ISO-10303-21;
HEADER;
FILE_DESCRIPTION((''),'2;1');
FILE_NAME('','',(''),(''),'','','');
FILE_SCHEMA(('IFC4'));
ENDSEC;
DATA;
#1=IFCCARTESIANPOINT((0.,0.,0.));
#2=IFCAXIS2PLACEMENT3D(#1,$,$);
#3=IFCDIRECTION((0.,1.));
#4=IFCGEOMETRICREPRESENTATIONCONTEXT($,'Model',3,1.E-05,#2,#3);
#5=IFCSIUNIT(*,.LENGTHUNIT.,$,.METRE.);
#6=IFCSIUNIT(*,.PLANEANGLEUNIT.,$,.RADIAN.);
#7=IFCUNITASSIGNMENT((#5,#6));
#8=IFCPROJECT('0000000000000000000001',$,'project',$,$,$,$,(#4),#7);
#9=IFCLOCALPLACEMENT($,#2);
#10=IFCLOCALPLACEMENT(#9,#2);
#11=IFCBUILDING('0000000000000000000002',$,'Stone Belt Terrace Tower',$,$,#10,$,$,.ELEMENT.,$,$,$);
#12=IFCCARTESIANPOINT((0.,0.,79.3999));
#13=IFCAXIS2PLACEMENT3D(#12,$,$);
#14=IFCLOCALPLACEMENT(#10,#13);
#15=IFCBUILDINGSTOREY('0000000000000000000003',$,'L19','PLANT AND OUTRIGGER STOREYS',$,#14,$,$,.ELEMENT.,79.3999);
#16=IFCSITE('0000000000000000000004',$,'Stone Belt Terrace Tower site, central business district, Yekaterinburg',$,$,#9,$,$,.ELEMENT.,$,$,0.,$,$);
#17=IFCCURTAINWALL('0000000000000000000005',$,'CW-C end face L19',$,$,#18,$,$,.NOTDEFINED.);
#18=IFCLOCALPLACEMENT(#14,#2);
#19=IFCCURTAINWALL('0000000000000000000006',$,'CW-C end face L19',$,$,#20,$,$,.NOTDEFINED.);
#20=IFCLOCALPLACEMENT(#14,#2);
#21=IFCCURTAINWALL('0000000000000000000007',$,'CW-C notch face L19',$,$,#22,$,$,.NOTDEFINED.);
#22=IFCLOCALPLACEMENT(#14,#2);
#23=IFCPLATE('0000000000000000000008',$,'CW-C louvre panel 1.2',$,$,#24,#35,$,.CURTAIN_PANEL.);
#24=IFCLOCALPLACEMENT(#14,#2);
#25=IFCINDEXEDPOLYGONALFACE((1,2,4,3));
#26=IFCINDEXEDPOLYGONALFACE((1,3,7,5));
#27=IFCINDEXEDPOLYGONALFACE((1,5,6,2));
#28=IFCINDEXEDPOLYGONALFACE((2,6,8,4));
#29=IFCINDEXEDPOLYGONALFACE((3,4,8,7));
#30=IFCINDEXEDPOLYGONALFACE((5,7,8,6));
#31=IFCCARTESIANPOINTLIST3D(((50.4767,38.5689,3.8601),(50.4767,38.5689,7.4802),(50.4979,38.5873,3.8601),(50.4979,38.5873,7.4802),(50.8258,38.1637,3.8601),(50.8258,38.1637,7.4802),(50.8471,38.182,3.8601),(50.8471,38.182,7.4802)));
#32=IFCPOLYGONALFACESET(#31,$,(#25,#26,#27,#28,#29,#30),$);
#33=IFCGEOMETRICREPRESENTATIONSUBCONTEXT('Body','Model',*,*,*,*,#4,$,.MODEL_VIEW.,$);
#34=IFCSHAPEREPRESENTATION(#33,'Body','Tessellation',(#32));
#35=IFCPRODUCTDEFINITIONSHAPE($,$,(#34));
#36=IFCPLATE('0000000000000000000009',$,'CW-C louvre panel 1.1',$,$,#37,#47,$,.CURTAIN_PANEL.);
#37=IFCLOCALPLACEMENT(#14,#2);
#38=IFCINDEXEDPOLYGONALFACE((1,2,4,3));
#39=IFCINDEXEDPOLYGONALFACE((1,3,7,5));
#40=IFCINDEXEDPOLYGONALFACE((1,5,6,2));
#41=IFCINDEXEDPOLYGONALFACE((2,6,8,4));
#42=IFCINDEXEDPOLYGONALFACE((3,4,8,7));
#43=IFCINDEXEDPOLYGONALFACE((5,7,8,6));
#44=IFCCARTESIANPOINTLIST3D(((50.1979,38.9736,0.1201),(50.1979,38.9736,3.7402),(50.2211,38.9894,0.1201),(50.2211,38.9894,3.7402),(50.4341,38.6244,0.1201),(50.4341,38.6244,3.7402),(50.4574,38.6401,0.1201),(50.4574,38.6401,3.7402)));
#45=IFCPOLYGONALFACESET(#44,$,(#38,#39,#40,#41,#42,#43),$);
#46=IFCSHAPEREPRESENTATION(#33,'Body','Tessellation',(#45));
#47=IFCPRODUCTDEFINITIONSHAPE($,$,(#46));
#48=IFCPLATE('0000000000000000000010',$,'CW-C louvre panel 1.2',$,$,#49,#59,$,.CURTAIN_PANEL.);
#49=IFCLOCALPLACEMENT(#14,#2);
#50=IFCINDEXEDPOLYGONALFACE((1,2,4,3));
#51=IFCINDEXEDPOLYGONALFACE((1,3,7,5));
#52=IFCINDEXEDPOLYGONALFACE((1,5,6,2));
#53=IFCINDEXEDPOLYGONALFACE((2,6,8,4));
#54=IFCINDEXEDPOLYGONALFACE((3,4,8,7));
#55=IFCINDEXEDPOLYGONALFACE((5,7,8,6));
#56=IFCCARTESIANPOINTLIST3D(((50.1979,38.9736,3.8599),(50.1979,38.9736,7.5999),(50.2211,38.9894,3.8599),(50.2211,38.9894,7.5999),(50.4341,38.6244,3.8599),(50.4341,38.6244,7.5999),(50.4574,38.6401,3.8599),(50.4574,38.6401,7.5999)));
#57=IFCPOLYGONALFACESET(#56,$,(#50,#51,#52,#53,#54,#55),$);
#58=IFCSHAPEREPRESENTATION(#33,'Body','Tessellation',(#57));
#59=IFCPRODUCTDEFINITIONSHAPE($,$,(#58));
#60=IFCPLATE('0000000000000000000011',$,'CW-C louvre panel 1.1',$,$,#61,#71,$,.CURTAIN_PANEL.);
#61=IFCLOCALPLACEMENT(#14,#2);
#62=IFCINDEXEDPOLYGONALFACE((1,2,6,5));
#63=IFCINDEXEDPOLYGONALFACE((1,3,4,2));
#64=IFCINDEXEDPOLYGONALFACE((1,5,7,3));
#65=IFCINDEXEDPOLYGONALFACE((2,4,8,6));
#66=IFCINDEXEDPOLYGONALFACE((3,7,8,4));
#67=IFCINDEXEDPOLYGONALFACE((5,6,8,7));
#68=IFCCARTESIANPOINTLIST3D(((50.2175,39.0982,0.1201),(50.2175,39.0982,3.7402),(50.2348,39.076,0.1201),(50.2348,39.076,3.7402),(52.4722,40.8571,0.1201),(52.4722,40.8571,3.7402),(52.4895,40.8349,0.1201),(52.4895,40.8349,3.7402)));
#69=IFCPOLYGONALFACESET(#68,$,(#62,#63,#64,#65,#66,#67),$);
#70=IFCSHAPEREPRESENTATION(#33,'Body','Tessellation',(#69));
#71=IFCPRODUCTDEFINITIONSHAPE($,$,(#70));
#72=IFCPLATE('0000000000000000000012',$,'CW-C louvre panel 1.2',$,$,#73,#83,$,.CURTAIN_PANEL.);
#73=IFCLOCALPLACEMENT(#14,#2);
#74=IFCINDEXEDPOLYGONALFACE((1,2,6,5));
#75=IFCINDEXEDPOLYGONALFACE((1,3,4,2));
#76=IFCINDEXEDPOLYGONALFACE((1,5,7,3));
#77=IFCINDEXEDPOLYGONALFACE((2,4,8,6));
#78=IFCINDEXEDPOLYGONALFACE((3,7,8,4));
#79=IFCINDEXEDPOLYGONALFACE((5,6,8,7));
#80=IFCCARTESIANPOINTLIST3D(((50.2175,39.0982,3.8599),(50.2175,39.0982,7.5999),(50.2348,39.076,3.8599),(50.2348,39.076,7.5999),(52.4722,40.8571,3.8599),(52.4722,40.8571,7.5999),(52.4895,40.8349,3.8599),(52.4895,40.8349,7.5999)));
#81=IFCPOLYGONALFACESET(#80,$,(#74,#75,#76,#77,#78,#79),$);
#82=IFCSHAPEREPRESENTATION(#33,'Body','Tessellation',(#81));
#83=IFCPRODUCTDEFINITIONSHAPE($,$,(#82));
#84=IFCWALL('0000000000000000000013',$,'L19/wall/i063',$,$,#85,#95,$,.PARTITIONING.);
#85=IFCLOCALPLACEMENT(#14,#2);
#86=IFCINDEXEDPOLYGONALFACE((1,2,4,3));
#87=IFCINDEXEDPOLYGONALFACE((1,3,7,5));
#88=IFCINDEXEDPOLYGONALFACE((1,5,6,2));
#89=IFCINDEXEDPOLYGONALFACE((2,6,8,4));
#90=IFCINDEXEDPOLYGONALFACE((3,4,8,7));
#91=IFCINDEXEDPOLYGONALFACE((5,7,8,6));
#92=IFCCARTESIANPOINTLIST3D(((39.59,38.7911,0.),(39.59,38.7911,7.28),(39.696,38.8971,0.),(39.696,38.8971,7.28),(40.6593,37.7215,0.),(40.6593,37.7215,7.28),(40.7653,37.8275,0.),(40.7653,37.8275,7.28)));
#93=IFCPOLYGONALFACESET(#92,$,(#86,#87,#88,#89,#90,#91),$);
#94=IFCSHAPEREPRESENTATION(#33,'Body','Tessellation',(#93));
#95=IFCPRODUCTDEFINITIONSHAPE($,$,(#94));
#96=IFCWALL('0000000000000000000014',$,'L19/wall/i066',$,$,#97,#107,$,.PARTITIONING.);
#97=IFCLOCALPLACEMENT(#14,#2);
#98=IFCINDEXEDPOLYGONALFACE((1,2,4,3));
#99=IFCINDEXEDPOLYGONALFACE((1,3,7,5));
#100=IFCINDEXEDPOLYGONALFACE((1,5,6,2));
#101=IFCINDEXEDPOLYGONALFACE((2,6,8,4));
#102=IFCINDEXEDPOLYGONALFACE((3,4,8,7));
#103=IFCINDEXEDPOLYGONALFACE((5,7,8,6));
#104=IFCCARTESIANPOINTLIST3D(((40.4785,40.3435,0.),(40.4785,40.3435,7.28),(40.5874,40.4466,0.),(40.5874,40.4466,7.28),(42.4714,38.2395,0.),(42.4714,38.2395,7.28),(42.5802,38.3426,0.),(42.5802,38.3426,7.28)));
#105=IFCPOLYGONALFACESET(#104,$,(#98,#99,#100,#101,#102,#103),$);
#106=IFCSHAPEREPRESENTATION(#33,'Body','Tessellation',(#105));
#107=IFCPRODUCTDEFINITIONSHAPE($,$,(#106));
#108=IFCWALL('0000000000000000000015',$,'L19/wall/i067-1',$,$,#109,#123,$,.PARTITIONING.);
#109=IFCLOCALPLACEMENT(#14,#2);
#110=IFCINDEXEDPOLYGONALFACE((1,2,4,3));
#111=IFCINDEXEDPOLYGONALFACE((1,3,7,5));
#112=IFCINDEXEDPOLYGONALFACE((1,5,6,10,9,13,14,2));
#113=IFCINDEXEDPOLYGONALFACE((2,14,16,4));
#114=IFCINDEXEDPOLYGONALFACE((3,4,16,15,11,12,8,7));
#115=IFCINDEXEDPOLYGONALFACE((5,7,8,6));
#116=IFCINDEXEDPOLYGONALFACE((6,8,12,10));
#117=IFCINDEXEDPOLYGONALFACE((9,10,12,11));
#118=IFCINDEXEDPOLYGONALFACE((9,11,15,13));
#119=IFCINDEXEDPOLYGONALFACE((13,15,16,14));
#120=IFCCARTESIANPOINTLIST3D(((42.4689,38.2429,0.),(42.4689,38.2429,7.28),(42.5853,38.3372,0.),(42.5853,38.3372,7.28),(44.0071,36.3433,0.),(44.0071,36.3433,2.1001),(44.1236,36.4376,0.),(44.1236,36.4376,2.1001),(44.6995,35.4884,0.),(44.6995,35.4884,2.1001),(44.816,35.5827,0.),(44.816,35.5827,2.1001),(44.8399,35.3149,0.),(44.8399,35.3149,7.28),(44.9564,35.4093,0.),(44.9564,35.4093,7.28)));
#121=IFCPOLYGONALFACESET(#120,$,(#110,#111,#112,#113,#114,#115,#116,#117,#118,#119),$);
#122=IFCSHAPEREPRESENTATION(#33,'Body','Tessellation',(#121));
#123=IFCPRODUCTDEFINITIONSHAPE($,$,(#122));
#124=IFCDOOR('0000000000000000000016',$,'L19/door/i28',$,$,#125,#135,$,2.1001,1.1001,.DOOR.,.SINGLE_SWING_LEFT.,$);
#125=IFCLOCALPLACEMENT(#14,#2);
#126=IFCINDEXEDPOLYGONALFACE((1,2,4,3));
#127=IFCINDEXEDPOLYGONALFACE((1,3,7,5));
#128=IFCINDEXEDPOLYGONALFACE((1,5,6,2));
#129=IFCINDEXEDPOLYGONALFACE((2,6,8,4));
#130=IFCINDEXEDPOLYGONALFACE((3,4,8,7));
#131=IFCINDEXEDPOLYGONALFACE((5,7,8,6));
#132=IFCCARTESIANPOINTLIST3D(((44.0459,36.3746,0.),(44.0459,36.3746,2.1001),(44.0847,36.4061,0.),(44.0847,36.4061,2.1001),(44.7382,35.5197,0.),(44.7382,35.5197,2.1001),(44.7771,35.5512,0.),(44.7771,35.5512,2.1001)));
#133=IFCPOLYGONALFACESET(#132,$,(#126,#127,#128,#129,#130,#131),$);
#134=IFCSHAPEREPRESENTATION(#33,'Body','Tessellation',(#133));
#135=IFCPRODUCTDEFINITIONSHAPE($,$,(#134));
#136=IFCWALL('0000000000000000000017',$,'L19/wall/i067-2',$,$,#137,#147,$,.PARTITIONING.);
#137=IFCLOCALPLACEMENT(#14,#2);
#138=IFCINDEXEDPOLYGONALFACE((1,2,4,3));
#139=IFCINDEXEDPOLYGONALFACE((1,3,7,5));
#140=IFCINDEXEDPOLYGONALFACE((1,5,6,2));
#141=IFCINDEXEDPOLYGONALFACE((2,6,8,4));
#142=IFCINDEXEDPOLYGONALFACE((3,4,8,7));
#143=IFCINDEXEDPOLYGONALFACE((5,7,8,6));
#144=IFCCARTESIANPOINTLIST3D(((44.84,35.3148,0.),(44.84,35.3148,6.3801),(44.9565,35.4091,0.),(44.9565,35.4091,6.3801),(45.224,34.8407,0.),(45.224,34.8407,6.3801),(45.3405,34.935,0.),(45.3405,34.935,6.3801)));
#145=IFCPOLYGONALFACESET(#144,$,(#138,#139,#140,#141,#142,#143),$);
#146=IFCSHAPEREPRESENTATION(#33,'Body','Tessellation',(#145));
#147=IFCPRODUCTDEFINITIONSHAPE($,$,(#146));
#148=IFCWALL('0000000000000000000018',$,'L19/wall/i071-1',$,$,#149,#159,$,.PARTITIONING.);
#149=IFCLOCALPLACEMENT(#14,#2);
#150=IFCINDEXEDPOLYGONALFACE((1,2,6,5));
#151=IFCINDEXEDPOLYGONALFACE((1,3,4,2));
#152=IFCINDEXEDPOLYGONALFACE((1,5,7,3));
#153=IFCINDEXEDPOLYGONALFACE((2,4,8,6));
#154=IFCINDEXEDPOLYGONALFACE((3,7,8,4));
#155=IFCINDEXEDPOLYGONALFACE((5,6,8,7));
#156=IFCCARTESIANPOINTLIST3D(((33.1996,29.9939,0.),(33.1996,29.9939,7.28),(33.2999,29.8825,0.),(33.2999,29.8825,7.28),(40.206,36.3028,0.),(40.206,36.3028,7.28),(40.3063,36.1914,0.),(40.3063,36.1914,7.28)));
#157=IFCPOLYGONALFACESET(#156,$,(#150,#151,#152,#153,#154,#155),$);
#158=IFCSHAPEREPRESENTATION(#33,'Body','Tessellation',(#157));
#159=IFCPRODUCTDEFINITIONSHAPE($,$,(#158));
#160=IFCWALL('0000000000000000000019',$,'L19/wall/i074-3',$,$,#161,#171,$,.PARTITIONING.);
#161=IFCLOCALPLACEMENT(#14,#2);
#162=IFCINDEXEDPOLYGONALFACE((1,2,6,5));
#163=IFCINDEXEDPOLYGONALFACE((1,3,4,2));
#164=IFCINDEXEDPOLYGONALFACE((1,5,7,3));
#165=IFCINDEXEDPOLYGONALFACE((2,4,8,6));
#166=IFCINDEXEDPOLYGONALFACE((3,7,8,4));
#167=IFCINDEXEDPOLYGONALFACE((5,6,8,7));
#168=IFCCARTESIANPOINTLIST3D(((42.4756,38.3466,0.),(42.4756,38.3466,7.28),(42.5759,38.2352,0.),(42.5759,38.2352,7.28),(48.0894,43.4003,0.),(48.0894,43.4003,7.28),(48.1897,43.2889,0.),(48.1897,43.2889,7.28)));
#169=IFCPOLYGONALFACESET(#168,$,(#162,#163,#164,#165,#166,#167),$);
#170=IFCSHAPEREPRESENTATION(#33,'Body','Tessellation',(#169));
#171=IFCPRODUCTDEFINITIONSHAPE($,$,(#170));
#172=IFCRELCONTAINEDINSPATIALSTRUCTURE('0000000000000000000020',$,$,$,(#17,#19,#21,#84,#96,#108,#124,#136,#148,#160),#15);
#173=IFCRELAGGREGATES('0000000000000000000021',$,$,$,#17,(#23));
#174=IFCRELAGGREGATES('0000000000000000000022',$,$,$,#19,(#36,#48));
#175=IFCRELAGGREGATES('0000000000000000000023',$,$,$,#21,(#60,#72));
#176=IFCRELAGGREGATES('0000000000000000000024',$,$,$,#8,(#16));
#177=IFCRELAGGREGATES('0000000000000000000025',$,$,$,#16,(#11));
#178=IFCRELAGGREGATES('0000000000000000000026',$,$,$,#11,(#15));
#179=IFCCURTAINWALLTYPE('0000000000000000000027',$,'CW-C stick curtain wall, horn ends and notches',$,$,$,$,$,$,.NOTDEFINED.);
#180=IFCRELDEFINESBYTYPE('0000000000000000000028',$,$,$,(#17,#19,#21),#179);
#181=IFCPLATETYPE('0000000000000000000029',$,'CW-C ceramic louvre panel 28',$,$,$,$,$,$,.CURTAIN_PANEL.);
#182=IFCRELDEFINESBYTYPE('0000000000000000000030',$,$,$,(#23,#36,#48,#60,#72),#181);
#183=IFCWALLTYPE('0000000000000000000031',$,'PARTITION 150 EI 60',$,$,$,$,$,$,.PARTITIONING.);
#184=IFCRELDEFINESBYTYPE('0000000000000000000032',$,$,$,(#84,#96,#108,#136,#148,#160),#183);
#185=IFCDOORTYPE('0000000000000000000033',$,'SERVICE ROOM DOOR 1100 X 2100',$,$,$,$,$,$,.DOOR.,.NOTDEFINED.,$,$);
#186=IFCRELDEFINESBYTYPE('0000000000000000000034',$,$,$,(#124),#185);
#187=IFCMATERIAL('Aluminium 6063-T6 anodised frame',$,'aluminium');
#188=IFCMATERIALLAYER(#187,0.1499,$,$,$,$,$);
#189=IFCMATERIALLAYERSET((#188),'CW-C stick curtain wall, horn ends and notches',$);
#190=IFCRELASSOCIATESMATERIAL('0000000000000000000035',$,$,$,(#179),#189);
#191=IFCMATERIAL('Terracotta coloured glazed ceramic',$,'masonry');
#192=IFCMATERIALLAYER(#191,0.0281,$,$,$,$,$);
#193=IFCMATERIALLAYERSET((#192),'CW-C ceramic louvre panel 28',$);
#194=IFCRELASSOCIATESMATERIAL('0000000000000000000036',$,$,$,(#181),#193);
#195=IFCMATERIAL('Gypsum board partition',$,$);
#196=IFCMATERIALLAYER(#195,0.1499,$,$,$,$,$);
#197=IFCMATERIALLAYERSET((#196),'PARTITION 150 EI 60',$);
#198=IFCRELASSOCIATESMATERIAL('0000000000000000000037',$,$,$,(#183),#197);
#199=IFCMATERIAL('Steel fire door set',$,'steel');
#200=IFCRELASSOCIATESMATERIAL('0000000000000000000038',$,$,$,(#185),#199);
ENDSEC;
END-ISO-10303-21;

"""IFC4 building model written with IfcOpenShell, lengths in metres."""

from ifc_helpers import new_model, si_unit, direction, frame, frame_2d, origin, origin_2d, place, context, subcontext, project, spatial, rectangle, extrude, material, layer, layer_set, type_object, element, fill, aggregate, save


model = new_model("IFC4")

# Units and contexts
model_context = context("Model", 3, precision=1e-05, world=origin(), true_north=direction((0.0, 1.0)))
body_context = subcontext(model_context, "Body", "Model", "MODEL_VIEW")
ifc_project = project(units=[si_unit("LENGTHUNIT", "METRE"), si_unit("PLANEANGLEUNIT", "RADIAN")], contexts=[model_context])

# Site, building, storey
site_placement = place(None, origin())
site = spatial("IfcSite", under=ifc_project, at=site_placement, Name="Stone Belt Terrace Tower site, central business district, Yekaterinburg", CompositionType="ELEMENT", RefElevation=0.0)
building_placement = place(site_placement, origin())
building = spatial("IfcBuilding", under=site, at=building_placement, Name="Stone Belt Terrace Tower", CompositionType="ELEMENT")
storey_placement = place(building_placement, frame((0.0, 0.0, 79.3999)))
storey = spatial("IfcBuildingStorey", under=building, at=storey_placement, Name="L19", Description="PLANT AND OUTRIGGER STOREYS", CompositionType="ELEMENT", Elevation=79.3999)

# Shared definitions
ifc_material_1 = material(Name="Aluminium 6063-T6 anodised frame", Category="aluminium")

# Curtain walls
ifc_layer_1 = layer(ifc_material_1, 0.1499)
ifc_layer_set_1 = layer_set([ifc_layer_1], Name="CW-C stick curtain wall, horn ends and notches")
curtain_wall_type_1 = type_object("IfcCurtainWallType", Name="CW-C stick curtain wall, horn ends and notches", PredefinedType="NOTDEFINED", material=ifc_layer_set_1)
curtain_wall_1_placement = place(storey_placement, origin())
curtain_wall_1 = element("IfcCurtainWall", 1, at=curtain_wall_1_placement, inside=storey, type_object=curtain_wall_type_1, Name="CW-C end face L19", PredefinedType="NOTDEFINED")
curtain_wall_2_placement = place(storey_placement, origin())
curtain_wall_2 = element("IfcCurtainWall", 2, at=curtain_wall_2_placement, inside=storey, type_object=curtain_wall_type_1, Name="CW-C end face L19", PredefinedType="NOTDEFINED")
curtain_wall_3_placement = place(storey_placement, origin())
curtain_wall_3 = element("IfcCurtainWall", 3, at=curtain_wall_3_placement, inside=storey, type_object=curtain_wall_type_1, Name="CW-C notch face L19", PredefinedType="NOTDEFINED")

# Plates
ifc_material_2 = material(Name="Terracotta coloured glazed ceramic", Category="masonry")
ifc_layer_2 = layer(ifc_material_2, 0.0281)
ifc_layer_set_2 = layer_set([ifc_layer_2], Name="CW-C ceramic louvre panel 28")
plate_type_1 = type_object("IfcPlateType", Name="CW-C ceramic louvre panel 28", PredefinedType="CURTAIN_PANEL", material=ifc_layer_set_2)
plate_1_placement = place(storey_placement, frame((50.6619, 38.3755, 3.8601), z_axis=(0.0, 0.0, 1.0), x_axis=(-0.652738, 0.757584, 0.0)))
plate_1 = element("IfcPlate", 4, at=plate_1_placement, type_object=plate_type_1, Name="CW-C louvre panel 1.2", PredefinedType="CURTAIN_PANEL", context=body_context, shape_type="SweptSolid", body=[
    extrude(rectangle(XDim=0.5349, YDim=0.0281, at=origin_2d()), origin(), (0.0, 0.0, 1.0), 3.6201),
])
aggregate(curtain_wall_1, [plate_1])
plate_2_placement = place(storey_placement, frame((50.3276, 38.8069, 0.1201), z_axis=(0.0, 0.0, 1.0), x_axis=(-0.560367, 0.828244, 0.0)))
plate_2 = element("IfcPlate", 5, at=plate_2_placement, type_object=plate_type_1, Name="CW-C louvre panel 1.1", PredefinedType="CURTAIN_PANEL", context=body_context, shape_type="SweptSolid", body=[
    extrude(rectangle(XDim=0.4216, YDim=0.0281, at=origin_2d()), origin(), (0.0, 0.0, 1.0), 3.6201),
])
plate_3_placement = place(storey_placement, frame((50.3276, 38.8069, 3.8599), z_axis=(0.0, 0.0, 1.0), x_axis=(-0.560367, 0.828244, 0.0)))
plate_3 = element("IfcPlate", 6, at=plate_3_placement, type_object=plate_type_1, Name="CW-C louvre panel 1.2", PredefinedType="CURTAIN_PANEL", context=body_context, shape_type="SweptSolid", body=[
    extrude(rectangle(XDim=0.4216, YDim=0.0281, at=origin_2d()), origin(), (0.0, 0.0, 1.0), 3.74),
])
aggregate(curtain_wall_2, [plate_2, plate_3])
plate_4_placement = place(storey_placement, frame((51.3535, 39.9666, 0.1201), z_axis=(0.0, 0.0, 1.0), x_axis=(0.788458, 0.615089, 0.0)))
plate_4 = element("IfcPlate", 7, at=plate_4_placement, type_object=plate_type_1, Name="CW-C louvre panel 1.1", PredefinedType="CURTAIN_PANEL", context=body_context, shape_type="SweptSolid", body=[
    extrude(rectangle(XDim=2.8596, YDim=0.0281, at=origin_2d()), origin(), (0.0, 0.0, 1.0), 3.6201),
])
plate_5_placement = place(storey_placement, frame((51.3535, 39.9666, 3.8599), z_axis=(0.0, 0.0, 1.0), x_axis=(0.788458, 0.615089, 0.0)))
plate_5 = element("IfcPlate", 8, at=plate_5_placement, type_object=plate_type_1, Name="CW-C louvre panel 1.2", PredefinedType="CURTAIN_PANEL", context=body_context, shape_type="SweptSolid", body=[
    extrude(rectangle(XDim=2.8596, YDim=0.0281, at=origin_2d()), origin(), (0.0, 0.0, 1.0), 3.74),
])
aggregate(curtain_wall_3, [plate_4, plate_5])

# Walls
ifc_material_3 = material(Name="Gypsum board partition")
ifc_layer_3 = layer(ifc_material_3, 0.1499)
ifc_layer_set_3 = layer_set([ifc_layer_3], Name="PARTITION 150 EI 60")
wall_type = type_object("IfcWallType", Name="PARTITION 150 EI 60", PredefinedType="PARTITIONING", material=ifc_layer_set_3)
wall_1_placement = place(storey_placement, frame((40.7124, 37.7744, 0.0), z_axis=(0.0, 0.0, 1.0), x_axis=(-0.707026, 0.707187, 0.0)))
element("IfcWall", 9, at=wall_1_placement, inside=storey, type_object=wall_type, Name="L19/wall/i063", PredefinedType="PARTITIONING", context=body_context, shape_type="SweptSolid", body=[
    extrude(rectangle(XDim=1.5125, YDim=0.1499, at=frame_2d((0.7563, 0.0))), origin(), (0.0, 0.0, 1.0), 7.28),
])
wall_2_placement = place(storey_placement, frame((40.533, 40.395, 0.0), z_axis=(0.0, 0.0, 1.0), x_axis=(0.687682, -0.726012, 0.0)))
element("IfcWall", 10, at=wall_2_placement, inside=storey, type_object=wall_type, Name="L19/wall/i066", PredefinedType="PARTITIONING", context=body_context, shape_type="SweptSolid", body=[
    extrude(rectangle(XDim=2.8979, YDim=0.1499, at=frame_2d((1.449, 0.0))), origin(), (0.0, 0.0, 1.0), 7.28),
])

# Wall, opening, door
wall_3_placement = place(storey_placement, frame((42.5271, 38.29, 0.0), z_axis=(0.0, 0.0, 1.0), x_axis=(0.629331, -0.777138, 0.0)))
wall_3 = element("IfcWall", 11, at=wall_3_placement, inside=storey, type_object=wall_type, Name="L19/wall/i067-1", PredefinedType="PARTITIONING", context=body_context, shape_type="SweptSolid", body=[
    extrude(rectangle(XDim=3.7676, YDim=0.1499, at=frame_2d((1.8838, 0.0))), origin(), (0.0, 0.0, 1.0), 7.28),
])
opening_placement = place(wall_3_placement, frame((2.4443, 0.0, 0.0)))
opening = element("IfcOpeningElement", 12, at=opening_placement, cuts=wall_3, PredefinedType="OPENING", context=body_context, shape_type="SweptSolid", body=[
    extrude(rectangle(XDim=1.1001, YDim=2.1001, at=frame_2d((0.55, 1.05))), frame((0.0, 0.085, 0.0), z_axis=(0.0, -1.0, 0.0), x_axis=(1.0, 0.0, 0.0)), (0.0, 0.0, 1.0), 0.1699),
])
ifc_material_4 = material(Name="Steel fire door set", Category="steel")
door_type = type_object("IfcDoorType", Name="SERVICE ROOM DOOR 1100 X 2100", OperationType="NOTDEFINED", PredefinedType="DOOR", material=ifc_material_4)
door_placement = place(opening_placement, origin())
door = element("IfcDoor", 13, at=door_placement, inside=storey, type_object=door_type, Name="L19/door/i28", OperationType="SINGLE_SWING_LEFT", OverallHeight=2.1001, OverallWidth=1.1001, PredefinedType="DOOR", context=body_context, shape_type="SweptSolid", body=[
    extrude(rectangle(XDim=1.1001, YDim=2.1001, at=frame_2d((0.55, 1.05))), frame((0.0, 0.0249, 0.0), z_axis=(0.0, -1.0, 0.0), x_axis=(1.0, 0.0, 0.0)), (0.0, 0.0, 1.0), 0.05),
])
fill(opening, door)

# Walls
wall_4_placement = place(storey_placement, frame((44.8982, 35.3621, 0.0), z_axis=(0.0, 0.0, 1.0), x_axis=(0.629417, -0.777068, 0.0)))
element("IfcWall", 14, at=wall_4_placement, inside=storey, type_object=wall_type, Name="L19/wall/i067-2", PredefinedType="PARTITIONING", context=body_context, shape_type="SweptSolid", body=[
    extrude(rectangle(XDim=0.6101, YDim=0.1499, at=frame_2d((0.3052, 0.0))), origin(), (0.0, 0.0, 1.0), 6.3801),
])
wall_5_placement = place(storey_placement, frame((40.2561, 36.2471, 0.0), z_axis=(0.0, 0.0, 1.0), x_axis=(-0.743129, -0.669148, 0.0)))
element("IfcWall", 15, at=wall_5_placement, inside=storey, type_object=wall_type, Name="L19/wall/i071-1", PredefinedType="PARTITIONING", context=body_context, shape_type="SweptSolid", body=[
    extrude(rectangle(XDim=9.4282, YDim=0.1499, at=frame_2d((4.7141, 0.0))), origin(), (0.0, 0.0, 1.0), 7.28),
])
wall_6_placement = place(storey_placement, frame((48.1396, 43.3447, 0.0), z_axis=(0.0, 0.0, 1.0), x_axis=(-0.743207, -0.669061, 0.0)))
element("IfcWall", 16, at=wall_6_placement, inside=storey, type_object=wall_type, Name="L19/wall/i074-3", PredefinedType="PARTITIONING", context=body_context, shape_type="SweptSolid", body=[
    extrude(rectangle(XDim=7.5535, YDim=0.1499, at=frame_2d((3.7769, 0.0))), origin(), (0.0, 0.0, 1.0), 7.28),
])

save(model, "model.ifc")
